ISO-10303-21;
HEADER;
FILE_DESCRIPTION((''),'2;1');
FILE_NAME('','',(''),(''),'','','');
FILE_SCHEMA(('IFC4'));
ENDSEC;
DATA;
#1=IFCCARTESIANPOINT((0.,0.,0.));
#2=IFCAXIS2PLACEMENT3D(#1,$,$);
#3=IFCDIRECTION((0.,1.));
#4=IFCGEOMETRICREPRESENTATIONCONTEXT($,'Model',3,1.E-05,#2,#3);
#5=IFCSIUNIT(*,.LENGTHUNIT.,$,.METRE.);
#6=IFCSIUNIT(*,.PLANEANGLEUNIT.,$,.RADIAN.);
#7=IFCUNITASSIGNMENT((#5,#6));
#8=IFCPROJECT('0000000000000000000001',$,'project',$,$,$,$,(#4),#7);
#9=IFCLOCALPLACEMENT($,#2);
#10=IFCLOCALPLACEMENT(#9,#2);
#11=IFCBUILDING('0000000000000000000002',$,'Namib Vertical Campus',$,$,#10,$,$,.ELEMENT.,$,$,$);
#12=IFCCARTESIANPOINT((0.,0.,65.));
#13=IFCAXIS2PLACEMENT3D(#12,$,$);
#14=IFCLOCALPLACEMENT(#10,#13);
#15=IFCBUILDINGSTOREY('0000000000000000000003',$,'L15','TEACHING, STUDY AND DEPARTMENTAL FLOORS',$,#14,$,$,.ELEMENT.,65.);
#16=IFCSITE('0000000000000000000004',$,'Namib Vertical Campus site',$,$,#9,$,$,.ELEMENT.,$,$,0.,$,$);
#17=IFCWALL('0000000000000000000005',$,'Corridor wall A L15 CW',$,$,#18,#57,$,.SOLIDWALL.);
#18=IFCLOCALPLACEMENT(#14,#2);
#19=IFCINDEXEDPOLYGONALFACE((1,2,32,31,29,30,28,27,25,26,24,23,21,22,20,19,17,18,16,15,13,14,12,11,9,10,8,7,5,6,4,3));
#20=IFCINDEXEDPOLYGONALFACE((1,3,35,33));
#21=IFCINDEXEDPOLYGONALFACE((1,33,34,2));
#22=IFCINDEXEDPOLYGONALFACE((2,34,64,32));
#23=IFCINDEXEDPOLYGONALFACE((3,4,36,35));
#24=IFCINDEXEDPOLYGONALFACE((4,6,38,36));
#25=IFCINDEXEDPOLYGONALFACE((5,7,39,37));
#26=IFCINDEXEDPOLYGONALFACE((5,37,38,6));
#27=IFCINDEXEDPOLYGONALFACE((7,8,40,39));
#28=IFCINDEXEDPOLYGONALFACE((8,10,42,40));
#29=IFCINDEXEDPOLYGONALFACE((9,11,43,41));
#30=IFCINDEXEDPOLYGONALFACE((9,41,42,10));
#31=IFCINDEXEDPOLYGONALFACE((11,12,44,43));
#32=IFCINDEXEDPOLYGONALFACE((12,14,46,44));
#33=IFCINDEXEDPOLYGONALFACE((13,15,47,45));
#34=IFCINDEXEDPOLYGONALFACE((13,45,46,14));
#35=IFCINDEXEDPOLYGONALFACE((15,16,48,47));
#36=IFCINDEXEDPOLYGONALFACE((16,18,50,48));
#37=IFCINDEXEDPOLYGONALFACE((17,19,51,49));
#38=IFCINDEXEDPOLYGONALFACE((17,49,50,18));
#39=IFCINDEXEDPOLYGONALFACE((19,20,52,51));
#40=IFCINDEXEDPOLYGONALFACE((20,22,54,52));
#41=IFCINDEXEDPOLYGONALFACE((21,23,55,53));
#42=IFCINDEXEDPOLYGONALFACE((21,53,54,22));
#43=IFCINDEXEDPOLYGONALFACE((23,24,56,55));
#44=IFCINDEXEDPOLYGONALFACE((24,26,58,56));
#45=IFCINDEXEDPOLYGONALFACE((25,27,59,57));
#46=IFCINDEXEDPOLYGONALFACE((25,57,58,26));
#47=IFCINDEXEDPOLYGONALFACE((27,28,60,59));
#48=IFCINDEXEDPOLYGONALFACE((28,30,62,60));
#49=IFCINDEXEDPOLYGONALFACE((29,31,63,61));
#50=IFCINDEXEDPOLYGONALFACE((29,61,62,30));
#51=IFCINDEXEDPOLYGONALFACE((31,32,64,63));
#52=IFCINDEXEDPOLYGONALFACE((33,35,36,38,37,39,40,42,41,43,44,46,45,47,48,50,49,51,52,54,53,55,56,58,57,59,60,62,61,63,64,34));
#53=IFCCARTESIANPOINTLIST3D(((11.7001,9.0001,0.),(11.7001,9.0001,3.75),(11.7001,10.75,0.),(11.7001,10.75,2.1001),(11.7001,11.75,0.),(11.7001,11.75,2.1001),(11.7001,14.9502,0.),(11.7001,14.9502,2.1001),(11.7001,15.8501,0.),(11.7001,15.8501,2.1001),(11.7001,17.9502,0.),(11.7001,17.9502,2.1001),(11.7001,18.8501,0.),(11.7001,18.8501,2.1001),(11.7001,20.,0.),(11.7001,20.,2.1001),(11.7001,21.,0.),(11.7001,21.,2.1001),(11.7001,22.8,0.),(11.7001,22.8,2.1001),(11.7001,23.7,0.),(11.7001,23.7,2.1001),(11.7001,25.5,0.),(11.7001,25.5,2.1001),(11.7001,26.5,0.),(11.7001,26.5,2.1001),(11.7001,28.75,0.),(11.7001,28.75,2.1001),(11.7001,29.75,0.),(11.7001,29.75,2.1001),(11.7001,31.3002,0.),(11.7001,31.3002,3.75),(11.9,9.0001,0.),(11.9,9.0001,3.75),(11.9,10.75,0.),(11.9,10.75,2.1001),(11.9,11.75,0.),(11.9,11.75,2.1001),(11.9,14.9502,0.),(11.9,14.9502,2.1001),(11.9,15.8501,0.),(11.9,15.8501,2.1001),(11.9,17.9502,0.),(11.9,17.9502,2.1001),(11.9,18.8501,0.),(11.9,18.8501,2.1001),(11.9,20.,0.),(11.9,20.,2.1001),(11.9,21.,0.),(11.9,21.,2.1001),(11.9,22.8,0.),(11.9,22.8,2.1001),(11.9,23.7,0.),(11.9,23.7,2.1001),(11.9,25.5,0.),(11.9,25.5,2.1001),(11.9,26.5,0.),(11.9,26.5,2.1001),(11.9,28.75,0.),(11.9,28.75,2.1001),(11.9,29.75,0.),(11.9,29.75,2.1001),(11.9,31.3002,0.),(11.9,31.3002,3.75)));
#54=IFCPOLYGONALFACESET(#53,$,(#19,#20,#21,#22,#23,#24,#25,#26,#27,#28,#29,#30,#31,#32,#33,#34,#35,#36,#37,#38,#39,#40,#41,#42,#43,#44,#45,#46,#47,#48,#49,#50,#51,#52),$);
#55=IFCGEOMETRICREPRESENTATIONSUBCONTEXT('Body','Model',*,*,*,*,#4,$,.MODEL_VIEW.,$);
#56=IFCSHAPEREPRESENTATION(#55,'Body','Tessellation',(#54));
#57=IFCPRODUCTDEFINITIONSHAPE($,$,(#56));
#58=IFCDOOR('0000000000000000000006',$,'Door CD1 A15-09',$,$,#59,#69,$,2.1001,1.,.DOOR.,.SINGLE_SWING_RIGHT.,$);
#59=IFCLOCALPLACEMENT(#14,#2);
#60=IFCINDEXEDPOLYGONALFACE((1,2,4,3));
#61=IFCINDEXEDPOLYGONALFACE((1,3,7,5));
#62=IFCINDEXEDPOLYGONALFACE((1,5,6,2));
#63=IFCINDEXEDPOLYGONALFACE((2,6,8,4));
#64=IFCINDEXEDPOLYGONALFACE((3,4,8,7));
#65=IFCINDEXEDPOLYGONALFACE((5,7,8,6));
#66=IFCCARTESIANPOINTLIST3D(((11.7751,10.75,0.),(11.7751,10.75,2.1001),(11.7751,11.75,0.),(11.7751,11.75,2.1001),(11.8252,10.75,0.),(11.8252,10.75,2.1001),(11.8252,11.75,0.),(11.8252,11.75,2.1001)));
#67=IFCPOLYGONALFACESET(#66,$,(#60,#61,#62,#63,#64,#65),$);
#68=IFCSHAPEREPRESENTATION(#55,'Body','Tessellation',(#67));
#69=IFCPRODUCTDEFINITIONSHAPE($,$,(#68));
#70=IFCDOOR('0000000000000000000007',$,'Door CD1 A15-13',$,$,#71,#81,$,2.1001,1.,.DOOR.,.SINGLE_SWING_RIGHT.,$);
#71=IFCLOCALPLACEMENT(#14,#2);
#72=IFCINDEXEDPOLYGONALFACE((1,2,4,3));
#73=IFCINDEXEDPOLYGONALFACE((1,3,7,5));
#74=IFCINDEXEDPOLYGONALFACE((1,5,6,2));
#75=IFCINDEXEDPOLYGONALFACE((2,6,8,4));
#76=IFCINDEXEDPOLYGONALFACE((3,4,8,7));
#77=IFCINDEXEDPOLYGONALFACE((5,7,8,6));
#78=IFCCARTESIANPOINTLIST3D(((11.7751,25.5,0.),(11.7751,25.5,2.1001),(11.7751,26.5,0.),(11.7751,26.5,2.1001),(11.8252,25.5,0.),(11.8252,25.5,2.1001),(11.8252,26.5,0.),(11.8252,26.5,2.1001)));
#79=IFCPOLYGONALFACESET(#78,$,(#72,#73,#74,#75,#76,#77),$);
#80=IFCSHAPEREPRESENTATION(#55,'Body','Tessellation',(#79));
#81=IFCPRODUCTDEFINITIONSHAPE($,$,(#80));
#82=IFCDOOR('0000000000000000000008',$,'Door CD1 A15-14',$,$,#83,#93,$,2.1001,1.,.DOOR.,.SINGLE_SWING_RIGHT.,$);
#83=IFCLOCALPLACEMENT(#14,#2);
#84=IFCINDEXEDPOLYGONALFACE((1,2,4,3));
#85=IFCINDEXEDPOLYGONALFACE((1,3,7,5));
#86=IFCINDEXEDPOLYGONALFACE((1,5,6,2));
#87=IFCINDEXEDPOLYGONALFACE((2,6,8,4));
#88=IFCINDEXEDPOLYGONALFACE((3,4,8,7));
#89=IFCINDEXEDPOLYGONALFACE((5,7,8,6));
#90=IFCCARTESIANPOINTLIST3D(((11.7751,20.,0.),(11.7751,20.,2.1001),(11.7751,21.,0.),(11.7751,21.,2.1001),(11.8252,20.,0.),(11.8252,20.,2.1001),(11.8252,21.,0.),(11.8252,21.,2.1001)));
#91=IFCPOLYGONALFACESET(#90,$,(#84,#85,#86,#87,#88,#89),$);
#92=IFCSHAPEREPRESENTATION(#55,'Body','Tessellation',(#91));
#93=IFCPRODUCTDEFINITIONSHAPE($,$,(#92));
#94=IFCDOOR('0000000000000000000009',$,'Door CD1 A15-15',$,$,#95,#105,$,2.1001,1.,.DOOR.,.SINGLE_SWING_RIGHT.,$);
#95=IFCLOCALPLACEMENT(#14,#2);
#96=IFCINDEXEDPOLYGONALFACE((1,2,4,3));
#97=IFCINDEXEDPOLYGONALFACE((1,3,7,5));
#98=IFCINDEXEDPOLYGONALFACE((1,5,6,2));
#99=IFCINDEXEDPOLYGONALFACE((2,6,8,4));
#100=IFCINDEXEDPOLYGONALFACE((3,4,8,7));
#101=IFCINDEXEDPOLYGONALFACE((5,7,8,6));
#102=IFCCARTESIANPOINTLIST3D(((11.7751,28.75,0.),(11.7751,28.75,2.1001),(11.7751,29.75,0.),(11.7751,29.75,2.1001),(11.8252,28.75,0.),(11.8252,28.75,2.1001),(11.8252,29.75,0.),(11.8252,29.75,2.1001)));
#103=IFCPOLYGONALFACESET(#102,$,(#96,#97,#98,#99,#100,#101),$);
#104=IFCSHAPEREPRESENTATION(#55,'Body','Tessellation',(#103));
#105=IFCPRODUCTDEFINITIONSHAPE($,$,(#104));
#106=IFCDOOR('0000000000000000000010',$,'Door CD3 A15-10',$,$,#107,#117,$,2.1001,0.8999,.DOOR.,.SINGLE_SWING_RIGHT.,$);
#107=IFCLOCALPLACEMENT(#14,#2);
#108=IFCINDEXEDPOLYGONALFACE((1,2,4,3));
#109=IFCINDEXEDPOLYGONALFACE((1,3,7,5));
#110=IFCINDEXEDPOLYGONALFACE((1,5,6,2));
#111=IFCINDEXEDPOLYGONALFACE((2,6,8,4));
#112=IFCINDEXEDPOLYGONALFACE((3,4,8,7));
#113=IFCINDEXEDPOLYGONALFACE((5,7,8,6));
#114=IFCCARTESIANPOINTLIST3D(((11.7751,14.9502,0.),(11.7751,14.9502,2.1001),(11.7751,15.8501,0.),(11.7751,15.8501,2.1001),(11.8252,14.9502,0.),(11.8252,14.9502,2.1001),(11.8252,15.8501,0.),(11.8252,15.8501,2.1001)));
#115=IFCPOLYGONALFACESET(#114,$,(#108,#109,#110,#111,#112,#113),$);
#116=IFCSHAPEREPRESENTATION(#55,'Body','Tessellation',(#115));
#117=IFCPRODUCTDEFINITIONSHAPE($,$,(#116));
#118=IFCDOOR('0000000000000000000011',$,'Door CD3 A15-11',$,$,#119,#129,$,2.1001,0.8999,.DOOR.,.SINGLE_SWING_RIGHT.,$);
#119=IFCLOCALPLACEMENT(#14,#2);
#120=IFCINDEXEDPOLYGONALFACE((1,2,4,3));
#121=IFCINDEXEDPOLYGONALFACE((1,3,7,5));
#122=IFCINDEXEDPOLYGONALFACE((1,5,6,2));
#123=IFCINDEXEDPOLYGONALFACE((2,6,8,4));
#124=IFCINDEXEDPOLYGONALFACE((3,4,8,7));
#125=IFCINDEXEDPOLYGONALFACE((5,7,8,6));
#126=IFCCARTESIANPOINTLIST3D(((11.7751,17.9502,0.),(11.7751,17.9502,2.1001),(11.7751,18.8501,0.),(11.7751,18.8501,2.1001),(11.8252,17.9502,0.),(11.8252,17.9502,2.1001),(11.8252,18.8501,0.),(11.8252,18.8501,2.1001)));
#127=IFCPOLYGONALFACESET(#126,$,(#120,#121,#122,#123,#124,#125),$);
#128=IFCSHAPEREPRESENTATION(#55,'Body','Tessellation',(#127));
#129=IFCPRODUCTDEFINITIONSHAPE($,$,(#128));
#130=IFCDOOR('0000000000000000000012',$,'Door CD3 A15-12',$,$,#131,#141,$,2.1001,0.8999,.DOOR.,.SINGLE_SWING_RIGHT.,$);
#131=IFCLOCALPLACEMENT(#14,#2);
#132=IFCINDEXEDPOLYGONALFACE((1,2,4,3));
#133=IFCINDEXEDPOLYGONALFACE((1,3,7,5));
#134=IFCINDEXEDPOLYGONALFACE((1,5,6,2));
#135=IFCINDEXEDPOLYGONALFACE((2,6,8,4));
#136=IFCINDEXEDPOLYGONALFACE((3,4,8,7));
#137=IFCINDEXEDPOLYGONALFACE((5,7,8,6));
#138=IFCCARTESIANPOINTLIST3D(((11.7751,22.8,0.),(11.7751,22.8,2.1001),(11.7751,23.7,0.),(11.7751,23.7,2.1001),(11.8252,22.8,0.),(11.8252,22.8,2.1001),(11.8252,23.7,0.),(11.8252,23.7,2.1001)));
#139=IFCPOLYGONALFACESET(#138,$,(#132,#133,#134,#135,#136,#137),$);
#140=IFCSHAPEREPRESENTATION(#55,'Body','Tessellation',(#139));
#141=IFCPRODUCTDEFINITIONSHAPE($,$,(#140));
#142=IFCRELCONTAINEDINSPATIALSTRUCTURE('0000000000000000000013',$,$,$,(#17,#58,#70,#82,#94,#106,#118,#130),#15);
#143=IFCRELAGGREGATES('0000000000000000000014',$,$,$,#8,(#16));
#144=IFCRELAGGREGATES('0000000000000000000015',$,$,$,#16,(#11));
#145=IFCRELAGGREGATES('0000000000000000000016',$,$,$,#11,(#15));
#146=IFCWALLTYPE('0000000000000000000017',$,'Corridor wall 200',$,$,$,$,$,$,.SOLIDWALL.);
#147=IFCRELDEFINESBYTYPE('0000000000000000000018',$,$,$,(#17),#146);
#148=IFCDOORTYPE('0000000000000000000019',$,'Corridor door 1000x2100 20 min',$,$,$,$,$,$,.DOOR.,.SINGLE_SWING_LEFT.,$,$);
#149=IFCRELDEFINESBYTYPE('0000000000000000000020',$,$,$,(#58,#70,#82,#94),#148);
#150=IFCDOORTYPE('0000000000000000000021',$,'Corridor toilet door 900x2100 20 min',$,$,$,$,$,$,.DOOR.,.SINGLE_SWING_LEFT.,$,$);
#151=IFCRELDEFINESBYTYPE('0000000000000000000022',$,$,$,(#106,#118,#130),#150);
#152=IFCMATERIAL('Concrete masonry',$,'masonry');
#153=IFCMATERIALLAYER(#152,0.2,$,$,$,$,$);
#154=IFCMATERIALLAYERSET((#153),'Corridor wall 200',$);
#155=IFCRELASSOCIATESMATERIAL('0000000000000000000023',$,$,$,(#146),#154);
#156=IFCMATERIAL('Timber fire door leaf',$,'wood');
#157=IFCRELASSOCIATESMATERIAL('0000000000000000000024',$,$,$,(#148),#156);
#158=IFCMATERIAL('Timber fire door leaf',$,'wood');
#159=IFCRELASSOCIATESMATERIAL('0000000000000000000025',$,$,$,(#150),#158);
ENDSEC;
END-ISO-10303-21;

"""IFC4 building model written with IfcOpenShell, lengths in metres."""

from ifc_helpers import new_model, si_unit, direction, frame, frame_2d, origin, place, context, subcontext, project, spatial, rectangle, extrude, material, layer, layer_set, type_object, element, fill, save


model = new_model("IFC4")

# Units and contexts
model_context = context("Model", 3, precision=1e-05, world=origin(), true_north=direction((0.0, 1.0)))
body_context = subcontext(model_context, "Body", "Model", "MODEL_VIEW")
ifc_project = project(units=[si_unit("LENGTHUNIT", "METRE"), si_unit("PLANEANGLEUNIT", "RADIAN")], contexts=[model_context])

# Site, building, storey
site_placement = place(None, origin())
site = spatial("IfcSite", under=ifc_project, at=site_placement, Name="Namib Vertical Campus site", CompositionType="ELEMENT", RefElevation=0.0)
building_placement = place(site_placement, origin())
building = spatial("IfcBuilding", under=site, at=building_placement, Name="Namib Vertical Campus", CompositionType="ELEMENT")
storey_placement = place(building_placement, frame((0.0, 0.0, 65.0)))
storey = spatial("IfcBuildingStorey", under=building, at=storey_placement, Name="L15", Description="TEACHING, STUDY AND DEPARTMENTAL FLOORS", CompositionType="ELEMENT", Elevation=65.0)

# Wall, openings, doors
ifc_material_1 = material(Name="Concrete masonry", Category="masonry")
ifc_layer_1 = layer(ifc_material_1, 0.2)
ifc_layer_set_1 = layer_set([ifc_layer_1], Name="Corridor wall 200")
wall_type_1 = type_object("IfcWallType", Name="Corridor wall 200", PredefinedType="SOLIDWALL", material=ifc_layer_set_1)
wall_1_placement = place(storey_placement, frame((11.8, 31.3, 0.0), z_axis=(0.0, 0.0, 1.0), x_axis=(0.0, -1.0, 0.0)))
wall_1 = element("IfcWall", 1, at=wall_1_placement, inside=storey, type_object=wall_type_1, Name="Corridor wall A L15 CW", PredefinedType="SOLIDWALL", context=body_context, shape_type="SweptSolid", body=[
    extrude(rectangle(XDim=22.3, YDim=0.2, at=frame_2d((11.1499, 0.0))), origin(), (0.0, 0.0, 1.0), 3.75),
])
opening_1_placement = place(wall_1_placement, frame((19.55, 0.0, 0.0)))
opening_1 = element("IfcOpeningElement", 2, at=opening_1_placement, cuts=wall_1, PredefinedType="OPENING", context=body_context, shape_type="SweptSolid", body=[
    extrude(rectangle(XDim=1.0, YDim=2.1001, at=frame_2d((0.5, 1.05))), frame((0.0, 0.1099, 0.0), z_axis=(0.0, -1.0, 0.0), x_axis=(1.0, 0.0, 0.0)), (0.0, 0.0, 1.0), 0.22),
])
opening_2_placement = place(wall_1_placement, frame((15.45, 0.0, 0.0)))
opening_2 = element("IfcOpeningElement", 3, at=opening_2_placement, cuts=wall_1, PredefinedType="OPENING", context=body_context, shape_type="SweptSolid", body=[
    extrude(rectangle(XDim=0.8999, YDim=2.1001, at=frame_2d((0.45, 1.05))), frame((0.0, 0.1099, 0.0), z_axis=(0.0, -1.0, 0.0), x_axis=(1.0, 0.0, 0.0)), (0.0, 0.0, 1.0), 0.22),
])
opening_3_placement = place(wall_1_placement, frame((12.45, 0.0, 0.0)))
opening_3 = element("IfcOpeningElement", 4, at=opening_3_placement, cuts=wall_1, PredefinedType="OPENING", context=body_context, shape_type="SweptSolid", body=[
    extrude(rectangle(XDim=0.8999, YDim=2.1001, at=frame_2d((0.45, 1.05))), frame((0.0, 0.1099, 0.0), z_axis=(0.0, -1.0, 0.0), x_axis=(1.0, 0.0, 0.0)), (0.0, 0.0, 1.0), 0.22),
])
opening_4_placement = place(wall_1_placement, frame((7.6001, 0.0, 0.0)))
opening_4 = element("IfcOpeningElement", 5, at=opening_4_placement, cuts=wall_1, PredefinedType="OPENING", context=body_context, shape_type="SweptSolid", body=[
    extrude(rectangle(XDim=0.8999, YDim=2.1001, at=frame_2d((0.45, 1.05))), frame((0.0, 0.1099, 0.0), z_axis=(0.0, -1.0, 0.0), x_axis=(1.0, 0.0, 0.0)), (0.0, 0.0, 1.0), 0.22),
])
opening_5_placement = place(wall_1_placement, frame((4.8, 0.0, 0.0)))
opening_5 = element("IfcOpeningElement", 6, at=opening_5_placement, cuts=wall_1, PredefinedType="OPENING", context=body_context, shape_type="SweptSolid", body=[
    extrude(rectangle(XDim=1.0, YDim=2.1001, at=frame_2d((0.5, 1.05))), frame((0.0, 0.1099, 0.0), z_axis=(0.0, -1.0, 0.0), x_axis=(1.0, 0.0, 0.0)), (0.0, 0.0, 1.0), 0.22),
])
opening_6_placement = place(wall_1_placement, frame((10.3, 0.0, 0.0)))
opening_6 = element("IfcOpeningElement", 7, at=opening_6_placement, cuts=wall_1, PredefinedType="OPENING", context=body_context, shape_type="SweptSolid", body=[
    extrude(rectangle(XDim=1.0, YDim=2.1001, at=frame_2d((0.5, 1.05))), frame((0.0, 0.1099, 0.0), z_axis=(0.0, -1.0, 0.0), x_axis=(1.0, 0.0, 0.0)), (0.0, 0.0, 1.0), 0.22),
])
opening_7_placement = place(wall_1_placement, frame((1.55, 0.0, 0.0)))
opening_7 = element("IfcOpeningElement", 8, at=opening_7_placement, cuts=wall_1, PredefinedType="OPENING", context=body_context, shape_type="SweptSolid", body=[
    extrude(rectangle(XDim=1.0, YDim=2.1001, at=frame_2d((0.5, 1.05))), frame((0.0, 0.1099, 0.0), z_axis=(0.0, -1.0, 0.0), x_axis=(1.0, 0.0, 0.0)), (0.0, 0.0, 1.0), 0.22),
])
ifc_material_2 = material(Name="Timber fire door leaf", Category="wood")
door_type_1 = type_object("IfcDoorType", Name="Corridor door 1000x2100 20 min", OperationType="SINGLE_SWING_LEFT", PredefinedType="DOOR", material=ifc_material_2)
door_1_placement = place(opening_1_placement, frame((1.0, 0.0, 0.0), z_axis=(0.0, 0.0, 1.0), x_axis=(-1.0, 0.0, 0.0)))
door_1 = element("IfcDoor", 9, at=door_1_placement, inside=storey, type_object=door_type_1, Name="Door CD1 A15-09", OperationType="SINGLE_SWING_RIGHT", OverallHeight=2.1001, OverallWidth=1.0, PredefinedType="DOOR", context=body_context, shape_type="SweptSolid", body=[
    extrude(rectangle(XDim=1.0, YDim=2.1001, at=frame_2d((0.5, 1.05))), frame((0.0, 0.0249, 0.0), z_axis=(0.0, -1.0, 0.0), x_axis=(1.0, 0.0, 0.0)), (0.0, 0.0, 1.0), 0.05),
])
fill(opening_1, door_1)
door_2_placement = place(opening_5_placement, frame((1.0, 0.0, 0.0), z_axis=(0.0, 0.0, 1.0), x_axis=(-1.0, 0.0, 0.0)))
door_2 = element("IfcDoor", 10, at=door_2_placement, inside=storey, type_object=door_type_1, Name="Door CD1 A15-13", OperationType="SINGLE_SWING_RIGHT", OverallHeight=2.1001, OverallWidth=1.0, PredefinedType="DOOR", context=body_context, shape_type="SweptSolid", body=[
    extrude(rectangle(XDim=1.0, YDim=2.1001, at=frame_2d((0.5, 1.05))), frame((0.0, 0.0249, 0.0), z_axis=(0.0, -1.0, 0.0), x_axis=(1.0, 0.0, 0.0)), (0.0, 0.0, 1.0), 0.05),
])
fill(opening_5, door_2)
door_3_placement = place(opening_6_placement, frame((1.0, 0.0, 0.0), z_axis=(0.0, 0.0, 1.0), x_axis=(-1.0, 0.0, 0.0)))
door_3 = element("IfcDoor", 11, at=door_3_placement, inside=storey, type_object=door_type_1, Name="Door CD1 A15-14", OperationType="SINGLE_SWING_RIGHT", OverallHeight=2.1001, OverallWidth=1.0, PredefinedType="DOOR", context=body_context, shape_type="SweptSolid", body=[
    extrude(rectangle(XDim=1.0, YDim=2.1001, at=frame_2d((0.5, 1.05))), frame((0.0, 0.0249, 0.0), z_axis=(0.0, -1.0, 0.0), x_axis=(1.0, 0.0, 0.0)), (0.0, 0.0, 1.0), 0.05),
])
fill(opening_6, door_3)
door_4_placement = place(opening_7_placement, frame((1.0, 0.0, 0.0), z_axis=(0.0, 0.0, 1.0), x_axis=(-1.0, 0.0, 0.0)))
door_4 = element("IfcDoor", 12, at=door_4_placement, inside=storey, type_object=door_type_1, Name="Door CD1 A15-15", OperationType="SINGLE_SWING_RIGHT", OverallHeight=2.1001, OverallWidth=1.0, PredefinedType="DOOR", context=body_context, shape_type="SweptSolid", body=[
    extrude(rectangle(XDim=1.0, YDim=2.1001, at=frame_2d((0.5, 1.05))), frame((0.0, 0.0249, 0.0), z_axis=(0.0, -1.0, 0.0), x_axis=(1.0, 0.0, 0.0)), (0.0, 0.0, 1.0), 0.05),
])
fill(opening_7, door_4)
ifc_material_3 = material(Name="Timber fire door leaf", Category="wood")
door_type_2 = type_object("IfcDoorType", Name="Corridor toilet door 900x2100 20 min", OperationType="SINGLE_SWING_LEFT", PredefinedType="DOOR", material=ifc_material_3)
door_5_placement = place(opening_2_placement, frame((0.8999, 0.0, 0.0), z_axis=(0.0, 0.0, 1.0), x_axis=(-1.0, 0.0, 0.0)))
door_5 = element("IfcDoor", 13, at=door_5_placement, inside=storey, type_object=door_type_2, Name="Door CD3 A15-10", OperationType="SINGLE_SWING_RIGHT", OverallHeight=2.1001, OverallWidth=0.8999, PredefinedType="DOOR", context=body_context, shape_type="SweptSolid", body=[
    extrude(rectangle(XDim=0.8999, YDim=2.1001, at=frame_2d((0.45, 1.05))), frame((0.0, 0.0249, 0.0), z_axis=(0.0, -1.0, 0.0), x_axis=(1.0, 0.0, 0.0)), (0.0, 0.0, 1.0), 0.05),
])
fill(opening_2, door_5)
door_6_placement = place(opening_3_placement, frame((0.8999, 0.0, 0.0), z_axis=(0.0, 0.0, 1.0), x_axis=(-1.0, 0.0, 0.0)))
door_6 = element("IfcDoor", 14, at=door_6_placement, inside=storey, type_object=door_type_2, Name="Door CD3 A15-11", OperationType="SINGLE_SWING_RIGHT", OverallHeight=2.1001, OverallWidth=0.8999, PredefinedType="DOOR", context=body_context, shape_type="SweptSolid", body=[
    extrude(rectangle(XDim=0.8999, YDim=2.1001, at=frame_2d((0.45, 1.05))), frame((0.0, 0.0249, 0.0), z_axis=(0.0, -1.0, 0.0), x_axis=(1.0, 0.0, 0.0)), (0.0, 0.0, 1.0), 0.05),
])
fill(opening_3, door_6)
door_7_placement = place(opening_4_placement, frame((0.8999, 0.0, 0.0), z_axis=(0.0, 0.0, 1.0), x_axis=(-1.0, 0.0, 0.0)))
door_7 = element("IfcDoor", 15, at=door_7_placement, inside=storey, type_object=door_type_2, Name="Door CD3 A15-12", OperationType="SINGLE_SWING_RIGHT", OverallHeight=2.1001, OverallWidth=0.8999, PredefinedType="DOOR", context=body_context, shape_type="SweptSolid", body=[
    extrude(rectangle(XDim=0.8999, YDim=2.1001, at=frame_2d((0.45, 1.05))), frame((0.0, 0.0249, 0.0), z_axis=(0.0, -1.0, 0.0), x_axis=(1.0, 0.0, 0.0)), (0.0, 0.0, 1.0), 0.05),
])
fill(opening_4, door_7)

save(model, "model.ifc")
